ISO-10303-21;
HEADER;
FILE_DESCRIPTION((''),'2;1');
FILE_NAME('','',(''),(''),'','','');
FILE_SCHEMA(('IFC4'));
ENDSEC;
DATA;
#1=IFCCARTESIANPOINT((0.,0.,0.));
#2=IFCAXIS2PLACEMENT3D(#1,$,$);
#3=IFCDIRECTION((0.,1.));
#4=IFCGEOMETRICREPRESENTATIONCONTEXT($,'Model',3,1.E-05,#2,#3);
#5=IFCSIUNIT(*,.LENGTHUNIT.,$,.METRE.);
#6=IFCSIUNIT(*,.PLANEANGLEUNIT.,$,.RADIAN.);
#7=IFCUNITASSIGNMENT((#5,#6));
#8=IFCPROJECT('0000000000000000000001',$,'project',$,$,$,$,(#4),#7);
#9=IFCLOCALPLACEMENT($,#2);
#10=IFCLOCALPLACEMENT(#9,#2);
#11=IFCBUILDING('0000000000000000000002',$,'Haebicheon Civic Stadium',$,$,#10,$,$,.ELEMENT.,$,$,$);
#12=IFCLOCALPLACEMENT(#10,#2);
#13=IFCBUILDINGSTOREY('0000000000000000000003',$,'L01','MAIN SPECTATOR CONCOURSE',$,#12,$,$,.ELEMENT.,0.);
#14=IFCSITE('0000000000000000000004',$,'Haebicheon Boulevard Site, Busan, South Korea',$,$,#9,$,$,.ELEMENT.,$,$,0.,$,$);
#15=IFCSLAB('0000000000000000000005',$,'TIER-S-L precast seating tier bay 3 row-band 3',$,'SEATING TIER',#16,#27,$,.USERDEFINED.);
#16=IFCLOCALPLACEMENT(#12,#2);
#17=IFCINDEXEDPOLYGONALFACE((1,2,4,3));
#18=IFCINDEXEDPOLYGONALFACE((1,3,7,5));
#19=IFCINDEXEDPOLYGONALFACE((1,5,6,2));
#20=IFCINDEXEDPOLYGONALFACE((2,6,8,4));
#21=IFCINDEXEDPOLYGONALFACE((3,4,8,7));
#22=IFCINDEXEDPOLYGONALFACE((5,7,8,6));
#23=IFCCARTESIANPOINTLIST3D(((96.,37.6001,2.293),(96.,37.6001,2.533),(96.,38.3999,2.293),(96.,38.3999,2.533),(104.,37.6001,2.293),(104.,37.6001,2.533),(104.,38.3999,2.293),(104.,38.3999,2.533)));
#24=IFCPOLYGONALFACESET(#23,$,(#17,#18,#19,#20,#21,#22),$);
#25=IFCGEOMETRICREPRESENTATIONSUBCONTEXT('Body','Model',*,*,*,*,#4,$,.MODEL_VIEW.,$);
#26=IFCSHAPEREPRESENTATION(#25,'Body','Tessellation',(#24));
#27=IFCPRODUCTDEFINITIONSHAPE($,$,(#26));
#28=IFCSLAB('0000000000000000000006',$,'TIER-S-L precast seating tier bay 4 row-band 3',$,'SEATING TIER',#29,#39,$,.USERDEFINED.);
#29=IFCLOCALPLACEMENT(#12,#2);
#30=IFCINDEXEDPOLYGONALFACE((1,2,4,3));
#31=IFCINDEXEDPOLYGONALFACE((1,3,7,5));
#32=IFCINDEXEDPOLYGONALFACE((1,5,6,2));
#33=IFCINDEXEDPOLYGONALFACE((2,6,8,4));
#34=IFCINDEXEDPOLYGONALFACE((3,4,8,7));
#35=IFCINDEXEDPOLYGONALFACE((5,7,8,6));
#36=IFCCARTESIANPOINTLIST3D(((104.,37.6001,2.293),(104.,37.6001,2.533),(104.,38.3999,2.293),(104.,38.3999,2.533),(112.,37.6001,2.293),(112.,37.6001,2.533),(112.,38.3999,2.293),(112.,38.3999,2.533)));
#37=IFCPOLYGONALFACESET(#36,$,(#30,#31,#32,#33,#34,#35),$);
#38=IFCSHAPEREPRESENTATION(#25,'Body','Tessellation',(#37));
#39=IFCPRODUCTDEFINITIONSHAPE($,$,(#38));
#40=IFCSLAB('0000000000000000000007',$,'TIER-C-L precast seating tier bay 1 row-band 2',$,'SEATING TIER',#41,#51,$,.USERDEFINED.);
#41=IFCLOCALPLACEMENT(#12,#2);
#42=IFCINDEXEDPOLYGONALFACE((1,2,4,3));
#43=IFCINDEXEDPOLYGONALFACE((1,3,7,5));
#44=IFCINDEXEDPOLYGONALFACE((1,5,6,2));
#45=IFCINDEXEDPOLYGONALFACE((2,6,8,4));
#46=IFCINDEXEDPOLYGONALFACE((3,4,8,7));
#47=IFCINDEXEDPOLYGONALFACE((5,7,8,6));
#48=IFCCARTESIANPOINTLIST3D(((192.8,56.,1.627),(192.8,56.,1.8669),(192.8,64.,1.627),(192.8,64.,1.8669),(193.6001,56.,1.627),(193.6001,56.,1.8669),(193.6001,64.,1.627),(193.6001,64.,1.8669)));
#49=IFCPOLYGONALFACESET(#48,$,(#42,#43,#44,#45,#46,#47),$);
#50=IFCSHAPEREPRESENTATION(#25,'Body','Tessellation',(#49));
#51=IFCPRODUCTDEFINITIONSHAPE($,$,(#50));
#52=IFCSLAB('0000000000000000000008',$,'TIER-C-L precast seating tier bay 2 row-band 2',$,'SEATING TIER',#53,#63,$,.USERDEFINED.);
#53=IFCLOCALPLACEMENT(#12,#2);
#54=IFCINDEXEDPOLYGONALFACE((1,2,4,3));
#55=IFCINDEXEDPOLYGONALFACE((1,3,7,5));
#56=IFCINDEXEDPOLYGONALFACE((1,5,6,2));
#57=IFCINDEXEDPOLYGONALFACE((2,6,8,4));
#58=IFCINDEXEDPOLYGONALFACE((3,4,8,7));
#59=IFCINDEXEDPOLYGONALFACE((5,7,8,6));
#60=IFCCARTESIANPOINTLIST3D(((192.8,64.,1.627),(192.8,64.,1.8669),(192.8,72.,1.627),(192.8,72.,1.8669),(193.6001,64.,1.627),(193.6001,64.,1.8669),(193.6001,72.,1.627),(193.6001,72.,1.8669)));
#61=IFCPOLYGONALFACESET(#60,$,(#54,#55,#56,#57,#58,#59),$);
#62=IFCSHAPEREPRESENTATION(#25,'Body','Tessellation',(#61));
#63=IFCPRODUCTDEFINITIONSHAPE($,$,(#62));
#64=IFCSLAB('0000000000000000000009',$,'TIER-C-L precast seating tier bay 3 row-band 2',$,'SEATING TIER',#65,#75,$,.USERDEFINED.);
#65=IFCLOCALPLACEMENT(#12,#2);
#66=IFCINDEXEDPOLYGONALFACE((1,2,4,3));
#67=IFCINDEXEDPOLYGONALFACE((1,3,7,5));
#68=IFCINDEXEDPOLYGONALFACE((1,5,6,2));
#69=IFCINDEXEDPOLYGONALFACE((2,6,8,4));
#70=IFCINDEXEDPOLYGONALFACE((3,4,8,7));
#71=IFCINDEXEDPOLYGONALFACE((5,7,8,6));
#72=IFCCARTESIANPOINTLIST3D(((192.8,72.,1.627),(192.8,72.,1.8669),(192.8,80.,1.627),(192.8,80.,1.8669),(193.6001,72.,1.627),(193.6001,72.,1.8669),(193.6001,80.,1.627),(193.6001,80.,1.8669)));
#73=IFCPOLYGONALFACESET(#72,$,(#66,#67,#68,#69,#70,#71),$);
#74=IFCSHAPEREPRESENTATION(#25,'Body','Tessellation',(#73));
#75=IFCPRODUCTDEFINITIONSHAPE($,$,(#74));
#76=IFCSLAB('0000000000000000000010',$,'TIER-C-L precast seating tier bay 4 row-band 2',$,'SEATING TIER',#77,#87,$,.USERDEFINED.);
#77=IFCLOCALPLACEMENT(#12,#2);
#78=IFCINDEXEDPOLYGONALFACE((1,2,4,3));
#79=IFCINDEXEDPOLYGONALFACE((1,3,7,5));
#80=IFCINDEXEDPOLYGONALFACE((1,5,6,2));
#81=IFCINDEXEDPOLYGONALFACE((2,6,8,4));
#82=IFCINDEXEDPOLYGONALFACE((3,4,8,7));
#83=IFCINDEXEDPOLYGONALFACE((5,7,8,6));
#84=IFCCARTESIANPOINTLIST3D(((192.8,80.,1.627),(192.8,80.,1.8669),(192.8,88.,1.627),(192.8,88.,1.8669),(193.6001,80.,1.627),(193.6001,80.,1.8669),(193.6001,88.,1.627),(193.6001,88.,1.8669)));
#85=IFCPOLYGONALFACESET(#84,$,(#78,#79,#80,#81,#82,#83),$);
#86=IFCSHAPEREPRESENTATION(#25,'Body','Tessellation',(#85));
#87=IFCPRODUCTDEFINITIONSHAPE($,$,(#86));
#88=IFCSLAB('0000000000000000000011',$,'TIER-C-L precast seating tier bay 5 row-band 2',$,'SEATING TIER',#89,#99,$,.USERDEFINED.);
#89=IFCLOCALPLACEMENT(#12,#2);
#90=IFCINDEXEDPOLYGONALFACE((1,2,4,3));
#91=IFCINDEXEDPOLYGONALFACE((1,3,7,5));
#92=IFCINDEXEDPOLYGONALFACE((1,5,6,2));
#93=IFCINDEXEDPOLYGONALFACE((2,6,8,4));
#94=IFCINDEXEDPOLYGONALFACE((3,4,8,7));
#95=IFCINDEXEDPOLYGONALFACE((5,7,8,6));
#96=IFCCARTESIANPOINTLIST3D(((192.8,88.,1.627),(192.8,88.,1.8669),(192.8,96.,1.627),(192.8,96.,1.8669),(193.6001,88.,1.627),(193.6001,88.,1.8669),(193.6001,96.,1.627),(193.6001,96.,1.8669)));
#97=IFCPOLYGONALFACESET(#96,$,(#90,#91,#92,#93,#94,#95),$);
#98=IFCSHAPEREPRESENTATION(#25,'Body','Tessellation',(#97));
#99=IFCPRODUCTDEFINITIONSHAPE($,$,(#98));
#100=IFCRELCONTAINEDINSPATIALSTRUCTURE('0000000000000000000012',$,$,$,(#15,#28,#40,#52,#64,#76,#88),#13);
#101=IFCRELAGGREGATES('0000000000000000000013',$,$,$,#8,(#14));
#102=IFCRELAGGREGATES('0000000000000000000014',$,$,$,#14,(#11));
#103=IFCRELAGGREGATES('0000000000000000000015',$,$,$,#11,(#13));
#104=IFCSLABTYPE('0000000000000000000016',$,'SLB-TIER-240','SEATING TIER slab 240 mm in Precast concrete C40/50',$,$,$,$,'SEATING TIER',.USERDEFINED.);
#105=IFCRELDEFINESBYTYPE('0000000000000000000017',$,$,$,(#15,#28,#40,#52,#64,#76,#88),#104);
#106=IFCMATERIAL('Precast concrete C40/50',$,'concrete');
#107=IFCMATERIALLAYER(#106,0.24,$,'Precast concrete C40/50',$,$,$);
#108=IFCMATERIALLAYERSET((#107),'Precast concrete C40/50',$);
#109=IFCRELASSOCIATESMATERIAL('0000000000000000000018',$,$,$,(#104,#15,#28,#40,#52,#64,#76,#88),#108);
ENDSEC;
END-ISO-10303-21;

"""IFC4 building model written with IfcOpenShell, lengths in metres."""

from ifc_helpers import new_model, si_unit, direction, frame, origin, place, context, subcontext, project, spatial, polyline, outline, extrude, material, layer, layer_set, type_object, element, save


model = new_model("IFC4")

# Units and contexts
model_context = context("Model", 3, precision=1e-05, world=origin(), true_north=direction((0.0, 1.0)))
body_context = subcontext(model_context, "Body", "Model", "MODEL_VIEW")
ifc_project = project(units=[si_unit("LENGTHUNIT", "METRE"), si_unit("PLANEANGLEUNIT", "RADIAN")], contexts=[model_context])

# Site, building, storey
site_placement = place(None, origin())
site = spatial("IfcSite", under=ifc_project, at=site_placement, Name="Haebicheon Boulevard Site, Busan, South Korea", CompositionType="ELEMENT", RefElevation=0.0)
building_placement = place(site_placement, origin())
building = spatial("IfcBuilding", under=site, at=building_placement, Name="Haebicheon Civic Stadium", CompositionType="ELEMENT")
storey_placement = place(building_placement, origin())
storey = spatial("IfcBuildingStorey", under=building, at=storey_placement, Name="L01", Description="MAIN SPECTATOR CONCOURSE", CompositionType="ELEMENT", Elevation=0.0)

# Slabs
ifc_material = material(Name="Precast concrete C40/50", Category="concrete")
ifc_layer = layer(ifc_material, 0.24, Name="Precast concrete C40/50")
ifc_layer_set = layer_set([ifc_layer], Name="Precast concrete C40/50")
slab_type = type_object("IfcSlabType", Name="SLB-TIER-240", Description="SEATING TIER slab 240 mm in Precast concrete C40/50", ElementType="SEATING TIER", PredefinedType="USERDEFINED", material=ifc_layer_set)
slab_1_placement = place(storey_placement, frame((0.0, 0.0, 2.293)))
element("IfcSlab", 1, at=slab_1_placement, inside=storey, type_object=slab_type, material=ifc_layer_set, Name="TIER-S-L precast seating tier bay 3 row-band 3", ObjectType="SEATING TIER", PredefinedType="USERDEFINED", context=body_context, shape_type="SweptSolid", body=[
    extrude(outline(polyline([(96.0, 37.6001), (104.0, 37.6001), (104.0, 38.3999), (96.0, 38.3999), (96.0, 37.6001)])), origin(), (0.0, 0.0, 1.0), 0.24),
])
slab_2_placement = place(storey_placement, frame((0.0, 0.0, 2.293)))
element("IfcSlab", 2, at=slab_2_placement, inside=storey, type_object=slab_type, material=ifc_layer_set, Name="TIER-S-L precast seating tier bay 4 row-band 3", ObjectType="SEATING TIER", PredefinedType="USERDEFINED", context=body_context, shape_type="SweptSolid", body=[
    extrude(outline(polyline([(104.0, 37.6001), (112.0, 37.6001), (112.0, 38.3999), (104.0, 38.3999), (104.0, 37.6001)])), origin(), (0.0, 0.0, 1.0), 0.24),
])
slab_3_placement = place(storey_placement, frame((0.0, 0.0, 1.627)))
element("IfcSlab", 3, at=slab_3_placement, inside=storey, type_object=slab_type, material=ifc_layer_set, Name="TIER-C-L precast seating tier bay 1 row-band 2", ObjectType="SEATING TIER", PredefinedType="USERDEFINED", context=body_context, shape_type="SweptSolid", body=[
    extrude(outline(polyline([(192.8, 56.0), (193.6001, 56.0), (193.6001, 64.0), (192.8, 64.0), (192.8, 56.0)])), origin(), (0.0, 0.0, 1.0), 0.24),
])
slab_4_placement = place(storey_placement, frame((0.0, 0.0, 1.627)))
element("IfcSlab", 4, at=slab_4_placement, inside=storey, type_object=slab_type, material=ifc_layer_set, Name="TIER-C-L precast seating tier bay 2 row-band 2", ObjectType="SEATING TIER", PredefinedType="USERDEFINED", context=body_context, shape_type="SweptSolid", body=[
    extrude(outline(polyline([(192.8, 64.0), (193.6001, 64.0), (193.6001, 72.0), (192.8, 72.0), (192.8, 64.0)])), origin(), (0.0, 0.0, 1.0), 0.24),
])
slab_5_placement = place(storey_placement, frame((0.0, 0.0, 1.627)))
element("IfcSlab", 5, at=slab_5_placement, inside=storey, type_object=slab_type, material=ifc_layer_set, Name="TIER-C-L precast seating tier bay 3 row-band 2", ObjectType="SEATING TIER", PredefinedType="USERDEFINED", context=body_context, shape_type="SweptSolid", body=[
    extrude(outline(polyline([(192.8, 72.0), (193.6001, 72.0), (193.6001, 80.0), (192.8, 80.0), (192.8, 72.0)])), origin(), (0.0, 0.0, 1.0), 0.24),
])
slab_6_placement = place(storey_placement, frame((0.0, 0.0, 1.627)))
element("IfcSlab", 6, at=slab_6_placement, inside=storey, type_object=slab_type, material=ifc_layer_set, Name="TIER-C-L precast seating tier bay 4 row-band 2", ObjectType="SEATING TIER", PredefinedType="USERDEFINED", context=body_context, shape_type="SweptSolid", body=[
    extrude(outline(polyline([(192.8, 80.0), (193.6001, 80.0), (193.6001, 88.0), (192.8, 88.0), (192.8, 80.0)])), origin(), (0.0, 0.0, 1.0), 0.24),
])
slab_7_placement = place(storey_placement, frame((0.0, 0.0, 1.627)))
element("IfcSlab", 7, at=slab_7_placement, inside=storey, type_object=slab_type, material=ifc_layer_set, Name="TIER-C-L precast seating tier bay 5 row-band 2", ObjectType="SEATING TIER", PredefinedType="USERDEFINED", context=body_context, shape_type="SweptSolid", body=[
    extrude(outline(polyline([(192.8, 88.0), (193.6001, 88.0), (193.6001, 96.0), (192.8, 96.0), (192.8, 88.0)])), origin(), (0.0, 0.0, 1.0), 0.24),
])

save(model, "model.ifc")
